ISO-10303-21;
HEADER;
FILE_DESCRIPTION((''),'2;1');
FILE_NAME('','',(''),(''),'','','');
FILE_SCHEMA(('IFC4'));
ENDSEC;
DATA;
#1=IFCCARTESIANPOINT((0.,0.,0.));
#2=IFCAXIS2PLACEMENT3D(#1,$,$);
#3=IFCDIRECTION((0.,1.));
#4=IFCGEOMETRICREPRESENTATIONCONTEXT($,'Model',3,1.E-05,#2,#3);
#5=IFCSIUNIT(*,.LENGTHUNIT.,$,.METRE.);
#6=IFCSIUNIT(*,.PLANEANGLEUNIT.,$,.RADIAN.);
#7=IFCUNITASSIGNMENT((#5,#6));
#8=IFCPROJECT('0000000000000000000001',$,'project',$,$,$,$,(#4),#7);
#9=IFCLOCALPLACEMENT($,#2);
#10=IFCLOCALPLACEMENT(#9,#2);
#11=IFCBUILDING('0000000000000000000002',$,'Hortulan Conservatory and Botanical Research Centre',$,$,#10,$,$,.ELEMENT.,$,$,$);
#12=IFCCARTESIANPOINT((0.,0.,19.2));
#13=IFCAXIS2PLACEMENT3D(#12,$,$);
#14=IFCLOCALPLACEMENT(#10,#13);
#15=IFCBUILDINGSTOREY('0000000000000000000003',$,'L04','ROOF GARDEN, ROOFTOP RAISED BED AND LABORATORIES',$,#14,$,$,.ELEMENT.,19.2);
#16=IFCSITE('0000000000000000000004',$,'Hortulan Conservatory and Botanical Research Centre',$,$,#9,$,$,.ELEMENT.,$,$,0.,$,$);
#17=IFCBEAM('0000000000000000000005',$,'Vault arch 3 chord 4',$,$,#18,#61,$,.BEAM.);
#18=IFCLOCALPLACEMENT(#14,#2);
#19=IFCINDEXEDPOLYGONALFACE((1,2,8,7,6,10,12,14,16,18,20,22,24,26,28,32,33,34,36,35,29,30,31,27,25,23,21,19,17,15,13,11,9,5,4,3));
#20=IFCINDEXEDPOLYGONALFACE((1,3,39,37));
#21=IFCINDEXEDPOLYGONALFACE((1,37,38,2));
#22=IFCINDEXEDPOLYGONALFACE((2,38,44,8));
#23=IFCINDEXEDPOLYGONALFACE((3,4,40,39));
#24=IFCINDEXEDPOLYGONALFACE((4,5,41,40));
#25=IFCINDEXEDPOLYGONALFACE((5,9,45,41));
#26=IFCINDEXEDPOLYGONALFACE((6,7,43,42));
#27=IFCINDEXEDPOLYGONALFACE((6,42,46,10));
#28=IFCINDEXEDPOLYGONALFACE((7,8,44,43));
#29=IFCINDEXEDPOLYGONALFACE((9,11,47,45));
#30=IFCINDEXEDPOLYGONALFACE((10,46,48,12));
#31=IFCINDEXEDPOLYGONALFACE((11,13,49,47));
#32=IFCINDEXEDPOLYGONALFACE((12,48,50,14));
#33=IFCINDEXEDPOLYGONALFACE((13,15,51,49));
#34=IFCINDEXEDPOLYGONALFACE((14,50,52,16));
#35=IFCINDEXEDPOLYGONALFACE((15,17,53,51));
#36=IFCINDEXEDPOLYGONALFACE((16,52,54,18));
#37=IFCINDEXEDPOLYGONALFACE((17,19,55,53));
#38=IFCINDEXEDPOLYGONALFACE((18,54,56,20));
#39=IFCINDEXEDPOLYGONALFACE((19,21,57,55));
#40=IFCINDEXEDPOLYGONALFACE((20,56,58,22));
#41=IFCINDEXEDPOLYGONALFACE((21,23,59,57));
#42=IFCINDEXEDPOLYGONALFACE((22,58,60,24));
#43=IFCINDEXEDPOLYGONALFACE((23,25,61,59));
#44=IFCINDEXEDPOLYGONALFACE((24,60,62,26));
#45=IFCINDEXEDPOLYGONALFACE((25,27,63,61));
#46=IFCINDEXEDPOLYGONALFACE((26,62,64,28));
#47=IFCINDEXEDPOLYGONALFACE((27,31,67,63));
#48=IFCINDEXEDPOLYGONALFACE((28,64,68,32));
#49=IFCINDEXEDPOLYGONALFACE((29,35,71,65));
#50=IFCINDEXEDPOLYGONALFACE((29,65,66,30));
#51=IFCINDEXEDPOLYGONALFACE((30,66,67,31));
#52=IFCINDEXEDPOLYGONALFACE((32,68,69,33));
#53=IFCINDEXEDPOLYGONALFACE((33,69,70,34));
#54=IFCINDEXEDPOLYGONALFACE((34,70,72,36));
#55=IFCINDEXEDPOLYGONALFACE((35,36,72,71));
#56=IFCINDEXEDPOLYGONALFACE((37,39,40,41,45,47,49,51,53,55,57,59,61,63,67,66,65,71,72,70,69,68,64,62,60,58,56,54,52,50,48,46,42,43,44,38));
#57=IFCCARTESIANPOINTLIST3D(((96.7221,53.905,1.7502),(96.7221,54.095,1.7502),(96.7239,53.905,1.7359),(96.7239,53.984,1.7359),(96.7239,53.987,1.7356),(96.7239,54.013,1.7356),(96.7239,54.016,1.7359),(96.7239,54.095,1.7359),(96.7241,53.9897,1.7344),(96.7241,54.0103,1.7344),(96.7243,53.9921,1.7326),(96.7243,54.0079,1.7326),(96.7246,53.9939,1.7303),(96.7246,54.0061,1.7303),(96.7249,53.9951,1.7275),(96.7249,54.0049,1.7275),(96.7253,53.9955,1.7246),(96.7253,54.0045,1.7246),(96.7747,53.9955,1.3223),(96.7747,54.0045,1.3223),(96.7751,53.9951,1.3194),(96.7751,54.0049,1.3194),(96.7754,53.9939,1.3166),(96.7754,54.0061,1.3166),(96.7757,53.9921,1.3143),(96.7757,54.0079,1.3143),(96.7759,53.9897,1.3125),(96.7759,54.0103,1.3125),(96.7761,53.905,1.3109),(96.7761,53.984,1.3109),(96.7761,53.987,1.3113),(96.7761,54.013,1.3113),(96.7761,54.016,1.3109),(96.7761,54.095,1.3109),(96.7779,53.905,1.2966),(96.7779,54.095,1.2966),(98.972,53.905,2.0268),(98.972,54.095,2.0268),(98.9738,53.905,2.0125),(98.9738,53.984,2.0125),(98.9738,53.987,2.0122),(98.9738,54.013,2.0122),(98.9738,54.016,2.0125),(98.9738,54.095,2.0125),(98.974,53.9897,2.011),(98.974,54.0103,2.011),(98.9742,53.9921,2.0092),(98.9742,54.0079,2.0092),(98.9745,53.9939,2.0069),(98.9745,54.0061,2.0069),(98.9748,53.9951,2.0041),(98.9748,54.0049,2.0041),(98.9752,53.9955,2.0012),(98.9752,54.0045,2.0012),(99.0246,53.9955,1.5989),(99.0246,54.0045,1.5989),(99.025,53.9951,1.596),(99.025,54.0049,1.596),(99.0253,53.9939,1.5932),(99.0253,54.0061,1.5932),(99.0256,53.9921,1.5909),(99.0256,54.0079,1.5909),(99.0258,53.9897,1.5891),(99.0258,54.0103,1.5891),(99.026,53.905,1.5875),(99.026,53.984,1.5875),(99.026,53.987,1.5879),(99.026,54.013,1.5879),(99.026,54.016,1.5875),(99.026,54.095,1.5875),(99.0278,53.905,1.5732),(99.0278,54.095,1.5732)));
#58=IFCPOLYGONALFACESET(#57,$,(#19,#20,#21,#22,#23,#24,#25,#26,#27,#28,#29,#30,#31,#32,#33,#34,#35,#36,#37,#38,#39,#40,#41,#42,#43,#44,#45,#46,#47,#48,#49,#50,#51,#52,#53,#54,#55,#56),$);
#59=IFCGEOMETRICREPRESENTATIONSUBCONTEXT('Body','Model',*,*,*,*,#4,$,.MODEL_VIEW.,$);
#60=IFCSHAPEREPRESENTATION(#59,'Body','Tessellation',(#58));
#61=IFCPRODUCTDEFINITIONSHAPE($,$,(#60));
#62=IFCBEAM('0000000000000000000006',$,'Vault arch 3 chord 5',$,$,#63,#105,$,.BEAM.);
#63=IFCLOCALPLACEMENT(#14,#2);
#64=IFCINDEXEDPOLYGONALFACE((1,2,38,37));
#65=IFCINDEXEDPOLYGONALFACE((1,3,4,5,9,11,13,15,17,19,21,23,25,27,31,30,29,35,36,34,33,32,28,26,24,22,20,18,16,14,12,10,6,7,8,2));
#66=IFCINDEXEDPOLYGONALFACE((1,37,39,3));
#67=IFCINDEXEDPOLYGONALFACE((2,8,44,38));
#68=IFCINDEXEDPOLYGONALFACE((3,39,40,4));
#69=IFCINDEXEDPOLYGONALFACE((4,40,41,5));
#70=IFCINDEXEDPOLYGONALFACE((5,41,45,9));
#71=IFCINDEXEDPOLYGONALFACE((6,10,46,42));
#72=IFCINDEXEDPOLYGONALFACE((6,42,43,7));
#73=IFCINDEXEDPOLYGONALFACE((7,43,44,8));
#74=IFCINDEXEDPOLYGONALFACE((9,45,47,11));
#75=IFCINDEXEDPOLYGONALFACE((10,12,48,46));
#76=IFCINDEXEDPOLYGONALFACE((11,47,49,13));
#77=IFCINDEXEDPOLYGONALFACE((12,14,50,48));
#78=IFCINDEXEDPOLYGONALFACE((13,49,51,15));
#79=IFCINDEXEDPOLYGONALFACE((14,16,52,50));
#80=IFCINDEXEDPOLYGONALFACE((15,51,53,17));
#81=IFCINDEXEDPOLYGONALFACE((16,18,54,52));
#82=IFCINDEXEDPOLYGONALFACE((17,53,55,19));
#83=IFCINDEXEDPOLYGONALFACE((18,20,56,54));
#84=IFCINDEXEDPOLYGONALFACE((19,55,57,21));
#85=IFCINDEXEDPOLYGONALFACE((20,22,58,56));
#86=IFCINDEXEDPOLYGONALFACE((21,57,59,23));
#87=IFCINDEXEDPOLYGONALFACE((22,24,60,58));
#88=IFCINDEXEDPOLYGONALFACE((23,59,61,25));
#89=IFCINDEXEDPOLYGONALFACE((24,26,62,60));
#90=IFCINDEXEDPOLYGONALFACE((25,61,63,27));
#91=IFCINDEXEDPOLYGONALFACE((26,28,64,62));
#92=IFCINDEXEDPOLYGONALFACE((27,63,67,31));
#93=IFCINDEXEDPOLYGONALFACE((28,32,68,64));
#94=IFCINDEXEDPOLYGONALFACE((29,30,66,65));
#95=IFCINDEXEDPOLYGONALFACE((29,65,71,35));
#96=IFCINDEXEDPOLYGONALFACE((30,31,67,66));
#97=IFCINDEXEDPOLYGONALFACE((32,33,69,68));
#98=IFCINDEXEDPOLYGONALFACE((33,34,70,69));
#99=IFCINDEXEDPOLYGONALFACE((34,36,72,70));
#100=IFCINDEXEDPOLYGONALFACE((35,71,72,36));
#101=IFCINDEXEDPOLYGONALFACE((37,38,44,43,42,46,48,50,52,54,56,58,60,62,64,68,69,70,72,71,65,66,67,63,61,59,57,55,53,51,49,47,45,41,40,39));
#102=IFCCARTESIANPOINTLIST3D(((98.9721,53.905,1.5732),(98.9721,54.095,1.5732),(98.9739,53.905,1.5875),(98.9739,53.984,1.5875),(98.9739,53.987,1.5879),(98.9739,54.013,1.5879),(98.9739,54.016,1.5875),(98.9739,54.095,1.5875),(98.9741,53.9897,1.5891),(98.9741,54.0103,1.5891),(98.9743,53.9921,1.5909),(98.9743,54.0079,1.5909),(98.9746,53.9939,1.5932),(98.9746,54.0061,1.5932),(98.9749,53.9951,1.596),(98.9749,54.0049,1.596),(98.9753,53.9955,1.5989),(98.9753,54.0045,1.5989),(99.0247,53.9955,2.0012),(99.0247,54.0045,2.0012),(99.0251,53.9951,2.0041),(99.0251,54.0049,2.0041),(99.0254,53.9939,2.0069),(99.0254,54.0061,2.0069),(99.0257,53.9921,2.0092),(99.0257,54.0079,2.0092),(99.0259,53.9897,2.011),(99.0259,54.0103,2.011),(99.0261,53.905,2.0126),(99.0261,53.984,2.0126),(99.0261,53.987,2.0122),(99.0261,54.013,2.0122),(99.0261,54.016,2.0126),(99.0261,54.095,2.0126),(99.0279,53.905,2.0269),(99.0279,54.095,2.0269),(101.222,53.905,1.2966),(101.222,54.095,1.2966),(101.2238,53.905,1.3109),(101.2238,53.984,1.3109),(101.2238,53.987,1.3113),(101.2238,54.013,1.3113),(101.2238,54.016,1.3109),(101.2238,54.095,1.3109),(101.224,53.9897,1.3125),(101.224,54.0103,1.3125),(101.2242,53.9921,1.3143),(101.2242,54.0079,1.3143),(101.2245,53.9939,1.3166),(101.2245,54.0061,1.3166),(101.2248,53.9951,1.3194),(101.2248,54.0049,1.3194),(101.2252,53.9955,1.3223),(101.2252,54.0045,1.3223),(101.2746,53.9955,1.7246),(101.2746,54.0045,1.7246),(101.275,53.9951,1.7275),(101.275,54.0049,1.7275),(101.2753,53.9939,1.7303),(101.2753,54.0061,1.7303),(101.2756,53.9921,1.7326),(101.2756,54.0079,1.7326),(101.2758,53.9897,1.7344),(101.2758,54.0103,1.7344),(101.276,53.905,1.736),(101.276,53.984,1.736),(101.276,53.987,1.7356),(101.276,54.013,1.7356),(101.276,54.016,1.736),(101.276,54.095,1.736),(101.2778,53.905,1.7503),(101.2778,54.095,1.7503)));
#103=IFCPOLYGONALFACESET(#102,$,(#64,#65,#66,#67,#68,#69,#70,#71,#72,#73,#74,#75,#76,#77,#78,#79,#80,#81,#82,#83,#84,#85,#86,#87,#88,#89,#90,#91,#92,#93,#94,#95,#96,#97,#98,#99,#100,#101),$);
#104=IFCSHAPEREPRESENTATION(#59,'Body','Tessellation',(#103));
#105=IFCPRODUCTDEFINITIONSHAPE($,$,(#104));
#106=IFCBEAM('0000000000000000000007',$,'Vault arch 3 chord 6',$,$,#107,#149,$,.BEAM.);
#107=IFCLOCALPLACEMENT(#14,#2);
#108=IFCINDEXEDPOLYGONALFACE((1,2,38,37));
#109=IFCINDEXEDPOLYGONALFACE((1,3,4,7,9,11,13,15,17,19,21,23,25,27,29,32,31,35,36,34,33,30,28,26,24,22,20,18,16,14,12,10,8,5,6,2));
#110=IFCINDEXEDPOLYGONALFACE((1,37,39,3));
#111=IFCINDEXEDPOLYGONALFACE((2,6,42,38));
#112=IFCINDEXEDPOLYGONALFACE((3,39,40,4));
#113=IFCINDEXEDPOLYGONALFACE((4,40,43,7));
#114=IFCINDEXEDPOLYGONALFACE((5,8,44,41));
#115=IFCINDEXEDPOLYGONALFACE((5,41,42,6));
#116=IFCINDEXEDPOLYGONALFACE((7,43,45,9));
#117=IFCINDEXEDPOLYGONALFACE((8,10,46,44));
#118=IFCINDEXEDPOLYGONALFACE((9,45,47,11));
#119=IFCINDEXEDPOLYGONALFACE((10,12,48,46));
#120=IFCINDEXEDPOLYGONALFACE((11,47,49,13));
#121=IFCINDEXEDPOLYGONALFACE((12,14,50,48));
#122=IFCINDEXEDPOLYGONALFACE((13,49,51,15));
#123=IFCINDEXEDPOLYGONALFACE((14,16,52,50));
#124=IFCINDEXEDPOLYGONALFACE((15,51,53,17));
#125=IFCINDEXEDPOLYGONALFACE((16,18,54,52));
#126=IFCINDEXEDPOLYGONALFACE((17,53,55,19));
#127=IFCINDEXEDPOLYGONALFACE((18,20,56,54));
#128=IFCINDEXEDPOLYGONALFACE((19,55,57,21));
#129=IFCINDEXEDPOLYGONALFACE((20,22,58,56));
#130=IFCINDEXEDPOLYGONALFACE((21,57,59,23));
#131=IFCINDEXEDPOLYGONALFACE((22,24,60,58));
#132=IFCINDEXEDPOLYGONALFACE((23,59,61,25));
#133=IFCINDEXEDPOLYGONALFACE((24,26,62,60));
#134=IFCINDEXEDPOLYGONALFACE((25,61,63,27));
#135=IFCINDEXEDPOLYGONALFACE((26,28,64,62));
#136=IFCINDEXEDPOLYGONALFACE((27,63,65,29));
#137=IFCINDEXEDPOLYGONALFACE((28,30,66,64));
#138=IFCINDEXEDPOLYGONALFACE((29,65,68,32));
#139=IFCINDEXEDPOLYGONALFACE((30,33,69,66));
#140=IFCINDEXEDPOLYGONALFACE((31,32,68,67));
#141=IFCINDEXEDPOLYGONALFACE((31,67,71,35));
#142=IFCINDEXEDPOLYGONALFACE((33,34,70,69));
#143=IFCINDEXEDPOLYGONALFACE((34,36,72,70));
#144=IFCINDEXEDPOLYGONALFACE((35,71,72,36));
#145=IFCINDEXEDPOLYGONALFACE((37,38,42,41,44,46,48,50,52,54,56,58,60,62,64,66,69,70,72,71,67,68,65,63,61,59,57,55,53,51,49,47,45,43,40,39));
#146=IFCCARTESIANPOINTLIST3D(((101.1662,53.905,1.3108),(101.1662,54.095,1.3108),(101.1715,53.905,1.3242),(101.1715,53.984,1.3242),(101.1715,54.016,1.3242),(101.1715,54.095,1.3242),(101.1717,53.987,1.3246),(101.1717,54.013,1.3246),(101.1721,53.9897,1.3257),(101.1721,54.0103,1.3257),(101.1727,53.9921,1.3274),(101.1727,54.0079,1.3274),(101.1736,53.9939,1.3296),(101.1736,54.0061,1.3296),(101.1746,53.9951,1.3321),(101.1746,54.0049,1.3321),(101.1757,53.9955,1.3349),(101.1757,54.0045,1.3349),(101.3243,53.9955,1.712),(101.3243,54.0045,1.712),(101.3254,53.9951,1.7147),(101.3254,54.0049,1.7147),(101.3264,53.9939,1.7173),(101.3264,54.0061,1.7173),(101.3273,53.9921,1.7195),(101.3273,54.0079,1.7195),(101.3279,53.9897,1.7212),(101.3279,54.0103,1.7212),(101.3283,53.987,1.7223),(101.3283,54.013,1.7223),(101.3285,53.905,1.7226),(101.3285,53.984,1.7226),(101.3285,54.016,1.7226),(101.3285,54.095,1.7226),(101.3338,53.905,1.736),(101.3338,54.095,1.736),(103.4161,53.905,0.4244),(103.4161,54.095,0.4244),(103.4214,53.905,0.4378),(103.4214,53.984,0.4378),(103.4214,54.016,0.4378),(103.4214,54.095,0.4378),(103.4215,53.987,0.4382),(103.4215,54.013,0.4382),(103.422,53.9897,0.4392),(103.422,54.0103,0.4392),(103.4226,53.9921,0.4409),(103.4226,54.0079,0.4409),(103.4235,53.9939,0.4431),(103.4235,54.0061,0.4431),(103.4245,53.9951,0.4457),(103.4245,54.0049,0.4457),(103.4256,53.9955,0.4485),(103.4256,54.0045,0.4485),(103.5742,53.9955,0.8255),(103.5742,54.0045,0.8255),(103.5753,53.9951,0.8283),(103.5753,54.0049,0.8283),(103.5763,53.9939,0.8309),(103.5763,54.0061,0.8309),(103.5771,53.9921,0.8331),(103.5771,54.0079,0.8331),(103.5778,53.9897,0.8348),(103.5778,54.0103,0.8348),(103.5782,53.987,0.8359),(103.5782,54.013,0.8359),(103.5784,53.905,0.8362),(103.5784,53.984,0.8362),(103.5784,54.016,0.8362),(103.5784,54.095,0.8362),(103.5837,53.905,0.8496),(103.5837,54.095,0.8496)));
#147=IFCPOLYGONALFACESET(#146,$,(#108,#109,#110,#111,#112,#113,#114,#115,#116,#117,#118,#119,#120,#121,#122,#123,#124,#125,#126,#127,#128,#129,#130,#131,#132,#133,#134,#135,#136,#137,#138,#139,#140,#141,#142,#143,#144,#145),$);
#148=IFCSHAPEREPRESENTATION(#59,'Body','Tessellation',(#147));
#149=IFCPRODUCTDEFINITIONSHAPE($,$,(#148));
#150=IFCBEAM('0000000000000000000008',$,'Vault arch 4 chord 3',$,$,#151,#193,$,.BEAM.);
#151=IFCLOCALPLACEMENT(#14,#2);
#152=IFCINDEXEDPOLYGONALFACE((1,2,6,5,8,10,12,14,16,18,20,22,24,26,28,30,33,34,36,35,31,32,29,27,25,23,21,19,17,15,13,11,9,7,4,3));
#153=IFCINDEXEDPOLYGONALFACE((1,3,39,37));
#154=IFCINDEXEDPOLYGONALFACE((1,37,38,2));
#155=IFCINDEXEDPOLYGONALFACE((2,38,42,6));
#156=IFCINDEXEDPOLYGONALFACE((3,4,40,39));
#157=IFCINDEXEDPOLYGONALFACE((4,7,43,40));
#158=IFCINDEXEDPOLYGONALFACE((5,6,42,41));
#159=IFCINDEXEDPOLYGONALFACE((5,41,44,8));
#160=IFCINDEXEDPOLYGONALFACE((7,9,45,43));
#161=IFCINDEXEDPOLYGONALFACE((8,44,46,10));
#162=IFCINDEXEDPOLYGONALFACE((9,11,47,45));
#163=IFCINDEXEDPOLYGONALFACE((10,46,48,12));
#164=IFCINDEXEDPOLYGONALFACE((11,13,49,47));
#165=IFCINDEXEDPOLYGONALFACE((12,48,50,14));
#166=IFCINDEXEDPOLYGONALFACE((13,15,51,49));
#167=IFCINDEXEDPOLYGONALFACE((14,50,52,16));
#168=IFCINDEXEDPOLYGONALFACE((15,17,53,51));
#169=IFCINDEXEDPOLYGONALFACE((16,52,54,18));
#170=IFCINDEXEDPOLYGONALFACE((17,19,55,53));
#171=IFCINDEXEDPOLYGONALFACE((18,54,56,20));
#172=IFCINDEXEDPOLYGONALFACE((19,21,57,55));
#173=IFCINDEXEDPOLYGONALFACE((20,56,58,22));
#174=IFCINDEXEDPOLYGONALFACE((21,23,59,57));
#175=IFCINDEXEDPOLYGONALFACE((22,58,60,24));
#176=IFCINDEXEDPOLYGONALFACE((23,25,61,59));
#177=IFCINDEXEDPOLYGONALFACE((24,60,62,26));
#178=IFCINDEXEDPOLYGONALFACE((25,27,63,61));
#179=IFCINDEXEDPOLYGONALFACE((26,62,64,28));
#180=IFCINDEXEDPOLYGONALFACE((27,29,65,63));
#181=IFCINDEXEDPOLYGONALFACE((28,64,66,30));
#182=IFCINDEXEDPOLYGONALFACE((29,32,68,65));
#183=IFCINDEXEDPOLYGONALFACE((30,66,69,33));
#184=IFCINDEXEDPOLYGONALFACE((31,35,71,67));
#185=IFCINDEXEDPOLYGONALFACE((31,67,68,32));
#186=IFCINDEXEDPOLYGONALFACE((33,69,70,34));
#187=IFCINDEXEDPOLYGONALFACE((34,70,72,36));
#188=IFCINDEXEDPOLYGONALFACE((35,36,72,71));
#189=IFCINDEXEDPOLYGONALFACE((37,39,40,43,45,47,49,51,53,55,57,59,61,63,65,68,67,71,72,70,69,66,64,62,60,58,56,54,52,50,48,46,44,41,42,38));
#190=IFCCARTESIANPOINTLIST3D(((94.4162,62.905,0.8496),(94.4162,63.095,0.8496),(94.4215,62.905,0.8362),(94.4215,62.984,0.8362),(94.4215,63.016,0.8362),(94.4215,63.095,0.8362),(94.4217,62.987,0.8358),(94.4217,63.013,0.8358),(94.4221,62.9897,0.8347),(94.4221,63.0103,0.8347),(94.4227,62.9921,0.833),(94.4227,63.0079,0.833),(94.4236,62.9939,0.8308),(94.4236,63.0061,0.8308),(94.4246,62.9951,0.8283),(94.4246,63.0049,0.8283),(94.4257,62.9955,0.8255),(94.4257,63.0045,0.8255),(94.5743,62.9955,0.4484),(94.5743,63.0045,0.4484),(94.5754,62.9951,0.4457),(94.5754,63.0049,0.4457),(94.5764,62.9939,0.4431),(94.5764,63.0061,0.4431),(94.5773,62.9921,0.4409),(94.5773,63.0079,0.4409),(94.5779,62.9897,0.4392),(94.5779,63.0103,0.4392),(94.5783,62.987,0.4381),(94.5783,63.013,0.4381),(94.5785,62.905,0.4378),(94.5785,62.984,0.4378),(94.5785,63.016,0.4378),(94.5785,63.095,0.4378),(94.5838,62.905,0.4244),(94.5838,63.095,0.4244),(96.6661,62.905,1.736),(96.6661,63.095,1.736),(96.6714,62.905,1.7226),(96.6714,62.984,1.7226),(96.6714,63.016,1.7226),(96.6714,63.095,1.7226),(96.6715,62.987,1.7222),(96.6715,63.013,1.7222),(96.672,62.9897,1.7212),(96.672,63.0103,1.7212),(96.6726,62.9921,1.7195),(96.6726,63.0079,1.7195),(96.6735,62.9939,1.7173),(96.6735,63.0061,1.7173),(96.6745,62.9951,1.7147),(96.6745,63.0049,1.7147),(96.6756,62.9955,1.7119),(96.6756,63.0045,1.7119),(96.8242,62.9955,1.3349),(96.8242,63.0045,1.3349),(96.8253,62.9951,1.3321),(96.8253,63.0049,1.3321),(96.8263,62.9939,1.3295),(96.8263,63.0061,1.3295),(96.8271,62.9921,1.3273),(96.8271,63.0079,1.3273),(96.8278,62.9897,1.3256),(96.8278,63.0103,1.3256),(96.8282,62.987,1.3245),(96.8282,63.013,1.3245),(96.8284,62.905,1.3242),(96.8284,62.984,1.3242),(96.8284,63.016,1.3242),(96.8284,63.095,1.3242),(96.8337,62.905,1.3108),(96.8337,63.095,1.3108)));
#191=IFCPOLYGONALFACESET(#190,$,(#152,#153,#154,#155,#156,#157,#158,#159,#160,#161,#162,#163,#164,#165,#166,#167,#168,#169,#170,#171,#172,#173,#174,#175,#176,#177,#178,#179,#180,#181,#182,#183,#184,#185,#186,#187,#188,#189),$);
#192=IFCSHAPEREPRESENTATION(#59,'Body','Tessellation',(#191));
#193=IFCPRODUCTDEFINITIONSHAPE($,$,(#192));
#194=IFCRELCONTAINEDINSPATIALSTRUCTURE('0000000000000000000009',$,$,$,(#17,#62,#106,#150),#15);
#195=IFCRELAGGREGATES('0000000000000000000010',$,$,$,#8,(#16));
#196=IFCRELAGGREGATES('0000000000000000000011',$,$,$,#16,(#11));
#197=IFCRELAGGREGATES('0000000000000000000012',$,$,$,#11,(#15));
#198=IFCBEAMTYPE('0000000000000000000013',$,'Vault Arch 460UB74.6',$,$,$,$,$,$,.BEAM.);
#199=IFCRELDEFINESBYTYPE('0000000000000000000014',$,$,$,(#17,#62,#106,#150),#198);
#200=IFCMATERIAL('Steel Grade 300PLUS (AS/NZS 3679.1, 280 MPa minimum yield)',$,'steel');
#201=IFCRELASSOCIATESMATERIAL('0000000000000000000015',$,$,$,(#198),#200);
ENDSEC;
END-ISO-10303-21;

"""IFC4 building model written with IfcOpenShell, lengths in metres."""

from ifc_helpers import new_model, si_unit, direction, frame, origin, origin_2d, place, context, subcontext, project, spatial, i_section, extrude, material, material_profile, profile_set, type_object, element, save


model = new_model("IFC4")

# Units and contexts
model_context = context("Model", 3, precision=1e-05, world=origin(), true_north=direction((0.0, 1.0)))
body_context = subcontext(model_context, "Body", "Model", "MODEL_VIEW")
ifc_project = project(units=[si_unit("LENGTHUNIT", "METRE"), si_unit("PLANEANGLEUNIT", "RADIAN")], contexts=[model_context])

# Site, building, storey
site_placement = place(None, origin())
site = spatial("IfcSite", under=ifc_project, at=site_placement, Name="Hortulan Conservatory and Botanical Research Centre", CompositionType="ELEMENT", RefElevation=0.0)
building_placement = place(site_placement, origin())
building = spatial("IfcBuilding", under=site, at=building_placement, Name="Hortulan Conservatory and Botanical Research Centre", CompositionType="ELEMENT")
storey_placement = place(building_placement, frame((0.0, 0.0, 19.2)))
storey = spatial("IfcBuildingStorey", under=building, at=storey_placement, Name="L04", Description="ROOF GARDEN, ROOFTOP RAISED BED AND LABORATORIES", CompositionType="ELEMENT", Elevation=19.2)

# Beams
ifc_material_1 = material(Name="Steel Grade 300PLUS (AS/NZS 3679.1, 280 MPa minimum yield)", Category="steel")
ifc_material_profile_1 = material_profile(ifc_material_1, i_section(OverallWidth=0.1899, OverallDepth=0.457, WebThickness=0.009, FlangeThickness=0.0144, FilletRadius=0.0115, at=origin_2d()), Name="460UB74.6")
ifc_profile_set_1 = profile_set([ifc_material_profile_1], Name="Steel Grade 300PLUS (AS/NZS 3679.1, 280 MPa minimum yield)")
beam_type = type_object("IfcBeamType", Name="Vault Arch 460UB74.6", PredefinedType="BEAM", material=ifc_profile_set_1)
for number, where, z_axis, x_axis, name in (
    (1, (96.75, 54.0, 1.5234), (0.992528, 0.0, 0.12202), (0.0, 1.0, 0.0), "Vault arch 3 chord 4"),
    (2, (99.0, 54.0, 1.8), (0.992528, 0.0, -0.12202), (0.0, 1.0, 0.0), "Vault arch 3 chord 5"),
):
    element("IfcBeam", number, at=place(storey_placement, frame(where, z_axis=z_axis, x_axis=x_axis)), inside=storey, type_object=beam_type, Name=name, PredefinedType="BEAM", context=body_context, shape_type="SweptSolid", body=[
        extrude(i_section(OverallWidth=0.1899, OverallDepth=0.457, WebThickness=0.009, FlangeThickness=0.0144, FilletRadius=0.0115, at=origin_2d()), origin(), (0.0, 0.0, 1.0), 2.2668),
    ])
for number, where, z_axis, x_axis, name in (
    (3, (101.25, 54.0, 1.5234), (0.930393, 0.0, -0.366564), (0.0, 1.0, 0.0), "Vault arch 3 chord 6"),
    (4, (94.5, 63.0, 0.637), (0.930393, 0.0, 0.366564), (0.0, 1.0, 0.0), "Vault arch 4 chord 3"),
):
    element("IfcBeam", number, at=place(storey_placement, frame(where, z_axis=z_axis, x_axis=x_axis)), inside=storey, type_object=beam_type, Name=name, PredefinedType="BEAM", context=body_context, shape_type="SweptSolid", body=[
        extrude(i_section(OverallWidth=0.1899, OverallDepth=0.457, WebThickness=0.009, FlangeThickness=0.0144, FilletRadius=0.0115, at=origin_2d()), origin(), (0.0, 0.0, 1.0), 2.4182),
    ])

save(model, "model.ifc")
